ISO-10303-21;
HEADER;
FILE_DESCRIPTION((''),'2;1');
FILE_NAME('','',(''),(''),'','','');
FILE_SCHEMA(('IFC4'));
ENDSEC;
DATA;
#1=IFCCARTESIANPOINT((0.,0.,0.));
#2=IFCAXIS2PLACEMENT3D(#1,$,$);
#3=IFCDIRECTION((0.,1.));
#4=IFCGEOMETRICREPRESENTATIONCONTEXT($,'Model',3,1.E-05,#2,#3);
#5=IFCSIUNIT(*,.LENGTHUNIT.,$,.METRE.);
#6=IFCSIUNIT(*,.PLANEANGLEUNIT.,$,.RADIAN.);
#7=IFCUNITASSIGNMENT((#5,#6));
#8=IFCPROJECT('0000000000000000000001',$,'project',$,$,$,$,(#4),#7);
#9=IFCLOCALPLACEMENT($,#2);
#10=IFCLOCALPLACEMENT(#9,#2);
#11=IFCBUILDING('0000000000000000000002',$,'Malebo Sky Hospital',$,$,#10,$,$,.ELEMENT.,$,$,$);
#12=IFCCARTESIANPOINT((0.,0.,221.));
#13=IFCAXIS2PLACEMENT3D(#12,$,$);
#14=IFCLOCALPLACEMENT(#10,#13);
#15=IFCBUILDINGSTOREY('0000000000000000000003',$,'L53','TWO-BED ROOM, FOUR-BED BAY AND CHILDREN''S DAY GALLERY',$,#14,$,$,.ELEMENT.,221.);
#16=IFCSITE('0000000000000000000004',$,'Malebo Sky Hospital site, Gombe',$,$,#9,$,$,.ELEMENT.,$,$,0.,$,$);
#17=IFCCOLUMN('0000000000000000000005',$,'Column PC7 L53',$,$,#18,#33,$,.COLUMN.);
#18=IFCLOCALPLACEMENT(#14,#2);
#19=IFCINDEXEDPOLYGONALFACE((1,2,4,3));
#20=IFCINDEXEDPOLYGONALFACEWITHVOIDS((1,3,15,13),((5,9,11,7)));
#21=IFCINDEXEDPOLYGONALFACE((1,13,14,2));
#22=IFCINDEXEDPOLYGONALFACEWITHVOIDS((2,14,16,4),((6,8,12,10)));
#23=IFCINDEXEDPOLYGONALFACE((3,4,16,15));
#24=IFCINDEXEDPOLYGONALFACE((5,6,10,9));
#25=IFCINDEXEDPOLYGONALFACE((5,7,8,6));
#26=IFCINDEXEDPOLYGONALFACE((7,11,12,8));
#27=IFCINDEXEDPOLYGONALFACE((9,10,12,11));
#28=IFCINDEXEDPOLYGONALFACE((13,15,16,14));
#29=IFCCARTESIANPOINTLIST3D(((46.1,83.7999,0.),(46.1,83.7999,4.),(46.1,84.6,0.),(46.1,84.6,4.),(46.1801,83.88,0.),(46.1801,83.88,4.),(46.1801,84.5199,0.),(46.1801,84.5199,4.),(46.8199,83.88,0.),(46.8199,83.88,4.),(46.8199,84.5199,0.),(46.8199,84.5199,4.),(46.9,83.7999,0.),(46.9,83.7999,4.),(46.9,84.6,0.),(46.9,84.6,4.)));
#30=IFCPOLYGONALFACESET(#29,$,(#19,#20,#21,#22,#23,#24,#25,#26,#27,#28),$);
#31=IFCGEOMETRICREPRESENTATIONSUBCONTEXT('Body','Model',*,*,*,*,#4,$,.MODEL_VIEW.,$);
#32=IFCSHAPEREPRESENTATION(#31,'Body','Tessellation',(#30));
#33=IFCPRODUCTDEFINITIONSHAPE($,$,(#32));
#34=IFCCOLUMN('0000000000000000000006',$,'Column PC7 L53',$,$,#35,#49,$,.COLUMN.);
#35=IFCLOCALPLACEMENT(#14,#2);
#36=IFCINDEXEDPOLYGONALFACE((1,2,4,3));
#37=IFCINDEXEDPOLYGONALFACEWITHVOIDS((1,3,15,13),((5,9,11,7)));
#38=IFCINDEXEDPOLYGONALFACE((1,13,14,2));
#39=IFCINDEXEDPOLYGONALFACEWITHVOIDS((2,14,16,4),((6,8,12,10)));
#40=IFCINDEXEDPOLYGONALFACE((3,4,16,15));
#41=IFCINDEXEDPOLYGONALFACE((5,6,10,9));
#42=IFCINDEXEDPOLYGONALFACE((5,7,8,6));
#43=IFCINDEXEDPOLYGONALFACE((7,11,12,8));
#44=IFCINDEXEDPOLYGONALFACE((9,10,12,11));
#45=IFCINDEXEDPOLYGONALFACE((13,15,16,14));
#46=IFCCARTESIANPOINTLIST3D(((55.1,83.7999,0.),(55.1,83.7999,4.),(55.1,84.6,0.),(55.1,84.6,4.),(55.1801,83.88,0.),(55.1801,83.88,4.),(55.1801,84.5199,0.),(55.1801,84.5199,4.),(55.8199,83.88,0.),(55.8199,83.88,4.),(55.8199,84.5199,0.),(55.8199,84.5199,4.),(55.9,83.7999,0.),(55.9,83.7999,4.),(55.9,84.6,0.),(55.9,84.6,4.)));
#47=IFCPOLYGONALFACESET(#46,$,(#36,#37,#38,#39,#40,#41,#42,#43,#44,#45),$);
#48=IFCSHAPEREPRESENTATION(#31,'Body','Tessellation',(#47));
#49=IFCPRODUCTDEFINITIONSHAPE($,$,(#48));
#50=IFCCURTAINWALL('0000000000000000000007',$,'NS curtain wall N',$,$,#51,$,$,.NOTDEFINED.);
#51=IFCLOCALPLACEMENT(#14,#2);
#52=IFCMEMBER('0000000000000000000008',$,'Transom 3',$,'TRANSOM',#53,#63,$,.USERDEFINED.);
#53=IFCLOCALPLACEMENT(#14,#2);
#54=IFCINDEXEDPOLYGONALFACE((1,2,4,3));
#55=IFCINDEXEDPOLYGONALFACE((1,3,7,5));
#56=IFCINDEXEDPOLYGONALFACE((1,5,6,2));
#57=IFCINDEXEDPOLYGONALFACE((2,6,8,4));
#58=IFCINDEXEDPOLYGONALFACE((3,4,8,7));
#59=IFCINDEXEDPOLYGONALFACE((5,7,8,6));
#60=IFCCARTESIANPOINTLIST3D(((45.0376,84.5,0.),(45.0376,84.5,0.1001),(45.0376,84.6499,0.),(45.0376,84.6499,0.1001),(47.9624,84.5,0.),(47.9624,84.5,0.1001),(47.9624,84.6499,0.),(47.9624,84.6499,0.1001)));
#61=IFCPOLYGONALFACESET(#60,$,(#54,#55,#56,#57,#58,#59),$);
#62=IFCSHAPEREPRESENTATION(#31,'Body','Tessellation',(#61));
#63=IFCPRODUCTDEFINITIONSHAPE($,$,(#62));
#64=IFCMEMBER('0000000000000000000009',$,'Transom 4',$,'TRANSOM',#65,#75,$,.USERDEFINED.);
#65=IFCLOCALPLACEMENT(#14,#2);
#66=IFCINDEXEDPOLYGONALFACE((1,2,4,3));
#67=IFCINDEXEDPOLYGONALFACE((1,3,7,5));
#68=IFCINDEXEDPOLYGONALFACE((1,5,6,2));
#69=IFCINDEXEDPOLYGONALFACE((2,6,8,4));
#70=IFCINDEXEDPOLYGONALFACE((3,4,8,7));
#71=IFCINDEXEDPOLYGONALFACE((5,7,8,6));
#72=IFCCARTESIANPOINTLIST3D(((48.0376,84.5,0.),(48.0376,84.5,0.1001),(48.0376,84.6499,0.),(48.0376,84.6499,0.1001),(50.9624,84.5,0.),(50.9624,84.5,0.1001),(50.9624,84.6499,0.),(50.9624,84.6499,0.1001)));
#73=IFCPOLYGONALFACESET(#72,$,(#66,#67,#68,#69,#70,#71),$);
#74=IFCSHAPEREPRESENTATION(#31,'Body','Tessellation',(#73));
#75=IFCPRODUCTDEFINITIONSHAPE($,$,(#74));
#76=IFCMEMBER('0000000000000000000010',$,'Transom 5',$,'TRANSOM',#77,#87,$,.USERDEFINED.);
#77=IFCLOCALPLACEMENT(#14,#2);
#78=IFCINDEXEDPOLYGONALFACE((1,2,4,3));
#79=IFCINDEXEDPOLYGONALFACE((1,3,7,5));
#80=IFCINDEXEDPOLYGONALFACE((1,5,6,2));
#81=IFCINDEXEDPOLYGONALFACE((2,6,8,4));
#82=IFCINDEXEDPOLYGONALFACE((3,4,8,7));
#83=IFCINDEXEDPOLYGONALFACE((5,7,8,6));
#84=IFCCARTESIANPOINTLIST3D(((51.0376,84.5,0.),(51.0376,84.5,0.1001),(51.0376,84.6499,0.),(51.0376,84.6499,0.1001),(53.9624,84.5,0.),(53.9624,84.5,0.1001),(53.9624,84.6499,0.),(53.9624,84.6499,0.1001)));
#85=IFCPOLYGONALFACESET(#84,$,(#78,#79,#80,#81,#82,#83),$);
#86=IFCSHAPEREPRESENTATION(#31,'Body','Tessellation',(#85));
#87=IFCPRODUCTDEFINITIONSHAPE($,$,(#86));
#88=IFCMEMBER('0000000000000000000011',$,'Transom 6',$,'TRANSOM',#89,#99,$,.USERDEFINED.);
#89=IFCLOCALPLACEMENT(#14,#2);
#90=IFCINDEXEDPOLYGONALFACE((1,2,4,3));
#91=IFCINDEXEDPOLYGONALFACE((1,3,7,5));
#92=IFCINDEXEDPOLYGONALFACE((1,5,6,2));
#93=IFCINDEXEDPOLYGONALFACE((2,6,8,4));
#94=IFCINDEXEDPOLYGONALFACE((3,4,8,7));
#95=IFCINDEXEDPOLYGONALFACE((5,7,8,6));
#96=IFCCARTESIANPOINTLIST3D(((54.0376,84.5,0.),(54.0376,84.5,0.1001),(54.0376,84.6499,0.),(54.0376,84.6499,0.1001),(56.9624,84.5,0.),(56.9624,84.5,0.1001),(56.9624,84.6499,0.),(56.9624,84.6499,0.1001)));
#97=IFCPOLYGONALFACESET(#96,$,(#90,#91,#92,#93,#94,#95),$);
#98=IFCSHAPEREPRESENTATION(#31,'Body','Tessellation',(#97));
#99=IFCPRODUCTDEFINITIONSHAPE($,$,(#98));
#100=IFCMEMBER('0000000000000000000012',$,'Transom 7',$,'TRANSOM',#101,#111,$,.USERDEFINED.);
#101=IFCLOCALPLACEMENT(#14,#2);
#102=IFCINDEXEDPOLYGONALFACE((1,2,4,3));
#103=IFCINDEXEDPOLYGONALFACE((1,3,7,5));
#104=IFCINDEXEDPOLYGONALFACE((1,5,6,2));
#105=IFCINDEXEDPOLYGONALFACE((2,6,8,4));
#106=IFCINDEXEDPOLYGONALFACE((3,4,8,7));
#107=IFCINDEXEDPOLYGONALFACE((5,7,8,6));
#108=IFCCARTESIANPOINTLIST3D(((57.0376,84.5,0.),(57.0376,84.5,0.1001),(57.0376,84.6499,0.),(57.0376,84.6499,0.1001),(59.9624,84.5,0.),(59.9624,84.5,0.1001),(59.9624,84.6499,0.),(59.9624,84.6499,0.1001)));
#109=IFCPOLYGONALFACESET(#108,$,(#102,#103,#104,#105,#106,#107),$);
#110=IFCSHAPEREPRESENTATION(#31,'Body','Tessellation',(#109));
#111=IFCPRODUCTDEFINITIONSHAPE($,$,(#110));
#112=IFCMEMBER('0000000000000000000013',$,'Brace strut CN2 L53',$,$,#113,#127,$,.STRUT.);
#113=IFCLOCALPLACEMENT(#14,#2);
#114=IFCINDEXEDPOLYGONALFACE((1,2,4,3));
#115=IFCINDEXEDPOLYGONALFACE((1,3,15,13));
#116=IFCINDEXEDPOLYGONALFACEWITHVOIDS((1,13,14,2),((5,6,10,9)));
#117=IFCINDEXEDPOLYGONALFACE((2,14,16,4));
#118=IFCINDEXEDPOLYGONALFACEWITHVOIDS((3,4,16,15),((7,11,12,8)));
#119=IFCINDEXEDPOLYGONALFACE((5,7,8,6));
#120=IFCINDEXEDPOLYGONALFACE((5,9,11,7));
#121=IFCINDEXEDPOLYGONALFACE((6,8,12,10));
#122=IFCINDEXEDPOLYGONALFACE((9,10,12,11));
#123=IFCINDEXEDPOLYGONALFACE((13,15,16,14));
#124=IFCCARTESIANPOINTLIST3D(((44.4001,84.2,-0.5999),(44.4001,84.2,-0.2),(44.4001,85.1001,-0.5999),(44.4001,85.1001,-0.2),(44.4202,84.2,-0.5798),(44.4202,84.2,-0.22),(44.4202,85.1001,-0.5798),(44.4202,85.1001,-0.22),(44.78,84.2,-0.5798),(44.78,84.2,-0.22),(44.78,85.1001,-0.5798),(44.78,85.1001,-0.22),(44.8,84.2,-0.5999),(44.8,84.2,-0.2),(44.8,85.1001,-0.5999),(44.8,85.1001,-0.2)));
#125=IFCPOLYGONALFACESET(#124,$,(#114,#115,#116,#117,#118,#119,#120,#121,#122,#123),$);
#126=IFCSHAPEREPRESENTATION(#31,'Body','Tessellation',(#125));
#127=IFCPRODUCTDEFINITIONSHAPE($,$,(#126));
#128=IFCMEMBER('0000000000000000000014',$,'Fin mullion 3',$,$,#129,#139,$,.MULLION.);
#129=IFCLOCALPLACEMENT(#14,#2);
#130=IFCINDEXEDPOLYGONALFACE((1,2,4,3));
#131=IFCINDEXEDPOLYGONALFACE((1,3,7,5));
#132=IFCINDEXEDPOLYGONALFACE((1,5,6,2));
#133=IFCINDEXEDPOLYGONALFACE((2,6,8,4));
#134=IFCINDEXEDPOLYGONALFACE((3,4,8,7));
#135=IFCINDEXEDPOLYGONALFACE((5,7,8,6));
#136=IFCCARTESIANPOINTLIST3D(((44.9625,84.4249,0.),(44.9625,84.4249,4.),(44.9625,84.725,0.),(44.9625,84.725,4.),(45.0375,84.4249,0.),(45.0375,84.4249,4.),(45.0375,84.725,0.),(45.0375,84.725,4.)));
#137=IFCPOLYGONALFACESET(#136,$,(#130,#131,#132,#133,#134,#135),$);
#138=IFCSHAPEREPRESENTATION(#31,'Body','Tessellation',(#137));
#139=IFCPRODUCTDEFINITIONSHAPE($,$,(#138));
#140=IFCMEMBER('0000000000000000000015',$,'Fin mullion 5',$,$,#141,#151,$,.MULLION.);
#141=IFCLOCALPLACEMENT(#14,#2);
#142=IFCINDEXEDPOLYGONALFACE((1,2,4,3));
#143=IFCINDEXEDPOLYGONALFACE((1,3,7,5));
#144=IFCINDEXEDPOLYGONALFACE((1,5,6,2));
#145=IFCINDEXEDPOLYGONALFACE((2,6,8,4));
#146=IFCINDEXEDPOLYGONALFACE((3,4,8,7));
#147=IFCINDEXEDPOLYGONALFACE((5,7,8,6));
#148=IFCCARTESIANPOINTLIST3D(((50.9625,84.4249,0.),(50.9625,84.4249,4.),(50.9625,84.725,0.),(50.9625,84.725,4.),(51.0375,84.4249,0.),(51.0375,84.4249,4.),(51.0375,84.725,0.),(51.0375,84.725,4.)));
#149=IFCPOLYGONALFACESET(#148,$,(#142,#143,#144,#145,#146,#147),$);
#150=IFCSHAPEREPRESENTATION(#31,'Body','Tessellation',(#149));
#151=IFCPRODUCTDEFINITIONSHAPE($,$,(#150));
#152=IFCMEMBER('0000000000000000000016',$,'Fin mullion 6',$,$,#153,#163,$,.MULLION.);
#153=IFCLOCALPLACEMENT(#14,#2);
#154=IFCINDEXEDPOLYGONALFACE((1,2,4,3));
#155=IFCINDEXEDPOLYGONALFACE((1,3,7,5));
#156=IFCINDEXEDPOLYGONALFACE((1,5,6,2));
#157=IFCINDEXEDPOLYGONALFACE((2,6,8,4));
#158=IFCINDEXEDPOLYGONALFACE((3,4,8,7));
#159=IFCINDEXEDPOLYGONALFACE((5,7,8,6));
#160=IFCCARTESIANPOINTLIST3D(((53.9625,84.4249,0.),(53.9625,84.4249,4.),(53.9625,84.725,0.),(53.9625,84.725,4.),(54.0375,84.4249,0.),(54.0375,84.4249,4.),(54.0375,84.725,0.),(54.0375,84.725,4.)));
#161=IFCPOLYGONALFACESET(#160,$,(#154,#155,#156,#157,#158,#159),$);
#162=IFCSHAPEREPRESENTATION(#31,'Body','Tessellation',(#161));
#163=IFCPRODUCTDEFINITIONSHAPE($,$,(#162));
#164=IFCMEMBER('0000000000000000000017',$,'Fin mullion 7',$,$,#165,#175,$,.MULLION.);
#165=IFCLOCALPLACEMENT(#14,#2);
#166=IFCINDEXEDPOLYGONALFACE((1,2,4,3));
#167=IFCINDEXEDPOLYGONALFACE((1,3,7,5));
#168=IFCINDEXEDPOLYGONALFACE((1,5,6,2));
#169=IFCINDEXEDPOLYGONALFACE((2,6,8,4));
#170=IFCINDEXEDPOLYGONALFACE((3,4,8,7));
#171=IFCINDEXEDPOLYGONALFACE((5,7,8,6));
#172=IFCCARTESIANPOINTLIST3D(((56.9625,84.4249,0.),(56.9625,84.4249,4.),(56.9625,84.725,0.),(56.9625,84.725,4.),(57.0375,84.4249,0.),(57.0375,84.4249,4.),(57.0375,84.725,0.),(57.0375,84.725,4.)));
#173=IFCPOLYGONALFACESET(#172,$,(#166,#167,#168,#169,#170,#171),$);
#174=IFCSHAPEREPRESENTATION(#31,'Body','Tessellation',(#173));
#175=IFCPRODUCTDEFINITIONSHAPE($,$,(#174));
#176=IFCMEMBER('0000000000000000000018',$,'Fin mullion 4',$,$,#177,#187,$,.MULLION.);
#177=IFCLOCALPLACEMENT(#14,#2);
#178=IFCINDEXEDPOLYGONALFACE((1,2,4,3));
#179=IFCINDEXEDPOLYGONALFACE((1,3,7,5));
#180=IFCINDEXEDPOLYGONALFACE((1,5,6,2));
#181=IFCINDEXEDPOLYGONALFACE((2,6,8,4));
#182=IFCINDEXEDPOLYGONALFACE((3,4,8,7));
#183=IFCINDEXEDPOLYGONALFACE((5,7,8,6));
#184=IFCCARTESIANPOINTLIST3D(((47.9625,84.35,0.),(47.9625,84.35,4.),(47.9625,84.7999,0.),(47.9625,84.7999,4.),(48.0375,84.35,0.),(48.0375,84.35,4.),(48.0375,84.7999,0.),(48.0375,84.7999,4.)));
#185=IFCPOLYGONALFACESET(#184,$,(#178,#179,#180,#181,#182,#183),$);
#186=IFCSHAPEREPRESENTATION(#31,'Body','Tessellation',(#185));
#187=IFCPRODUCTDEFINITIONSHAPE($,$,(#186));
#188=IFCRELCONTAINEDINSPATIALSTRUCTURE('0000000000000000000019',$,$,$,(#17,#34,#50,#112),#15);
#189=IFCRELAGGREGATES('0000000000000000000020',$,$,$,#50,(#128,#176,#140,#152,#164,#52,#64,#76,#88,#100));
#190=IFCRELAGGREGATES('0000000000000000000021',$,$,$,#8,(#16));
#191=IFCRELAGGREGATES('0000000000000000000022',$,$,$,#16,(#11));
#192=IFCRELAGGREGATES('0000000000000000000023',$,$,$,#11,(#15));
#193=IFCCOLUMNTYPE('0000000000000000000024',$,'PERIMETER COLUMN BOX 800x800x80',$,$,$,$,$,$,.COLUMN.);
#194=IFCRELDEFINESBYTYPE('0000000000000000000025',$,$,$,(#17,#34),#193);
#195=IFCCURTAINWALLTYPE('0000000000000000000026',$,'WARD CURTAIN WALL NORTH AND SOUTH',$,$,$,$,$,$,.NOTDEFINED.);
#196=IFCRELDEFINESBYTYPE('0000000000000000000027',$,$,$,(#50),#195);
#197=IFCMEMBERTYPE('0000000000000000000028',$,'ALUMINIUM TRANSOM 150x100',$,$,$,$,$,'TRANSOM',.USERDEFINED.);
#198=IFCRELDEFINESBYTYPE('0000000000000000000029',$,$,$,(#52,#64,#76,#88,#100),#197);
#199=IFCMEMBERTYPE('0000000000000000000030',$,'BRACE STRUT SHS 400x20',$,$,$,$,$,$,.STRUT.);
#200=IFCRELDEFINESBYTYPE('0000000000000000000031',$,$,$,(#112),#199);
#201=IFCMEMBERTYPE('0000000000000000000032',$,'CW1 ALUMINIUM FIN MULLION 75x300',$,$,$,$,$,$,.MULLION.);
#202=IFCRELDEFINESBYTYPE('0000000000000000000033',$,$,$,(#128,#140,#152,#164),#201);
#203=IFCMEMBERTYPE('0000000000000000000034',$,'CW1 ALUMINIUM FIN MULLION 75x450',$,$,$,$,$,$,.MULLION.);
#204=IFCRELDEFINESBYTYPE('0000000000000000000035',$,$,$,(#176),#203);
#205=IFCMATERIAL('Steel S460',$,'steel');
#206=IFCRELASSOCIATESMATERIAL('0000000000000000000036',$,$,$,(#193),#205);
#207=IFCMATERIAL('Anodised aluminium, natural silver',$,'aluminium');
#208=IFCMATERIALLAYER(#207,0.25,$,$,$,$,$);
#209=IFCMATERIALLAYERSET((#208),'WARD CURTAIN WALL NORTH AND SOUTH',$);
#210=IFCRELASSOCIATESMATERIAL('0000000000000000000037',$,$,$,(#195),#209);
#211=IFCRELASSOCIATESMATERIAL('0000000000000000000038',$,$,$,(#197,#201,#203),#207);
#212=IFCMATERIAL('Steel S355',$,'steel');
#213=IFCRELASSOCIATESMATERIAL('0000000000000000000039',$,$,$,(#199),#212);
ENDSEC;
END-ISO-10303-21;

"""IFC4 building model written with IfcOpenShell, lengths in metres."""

from ifc_helpers import new_model, si_unit, direction, frame, origin, origin_2d, place, context, subcontext, project, spatial, rectangle, hollow_rectangle, extrude, material, layer, layer_set, material_profile, profile_set, type_object, element, aggregate, save


model = new_model("IFC4")

# Units and contexts
model_context = context("Model", 3, precision=1e-05, world=origin(), true_north=direction((0.0, 1.0)))
body_context = subcontext(model_context, "Body", "Model", "MODEL_VIEW")
ifc_project = project(units=[si_unit("LENGTHUNIT", "METRE"), si_unit("PLANEANGLEUNIT", "RADIAN")], contexts=[model_context])

# Site, building, storey
site_placement = place(None, origin())
site = spatial("IfcSite", under=ifc_project, at=site_placement, Name="Malebo Sky Hospital site, Gombe", CompositionType="ELEMENT", RefElevation=0.0)
building_placement = place(site_placement, origin())
building = spatial("IfcBuilding", under=site, at=building_placement, Name="Malebo Sky Hospital", CompositionType="ELEMENT")
storey_placement = place(building_placement, frame((0.0, 0.0, 221.0)))
storey = spatial("IfcBuildingStorey", under=building, at=storey_placement, Name="L53", Description="TWO-BED ROOM, FOUR-BED BAY AND CHILDREN'S DAY GALLERY", CompositionType="ELEMENT", Elevation=221.0)

# Columns
ifc_material_1 = material(Name="Steel S460", Category="steel")
ifc_material_profile_1 = material_profile(ifc_material_1, hollow_rectangle(XDim=0.8, YDim=0.8, WallThickness=0.0801, at=origin_2d()), Name="BOX 800x800x80")
ifc_profile_set_1 = profile_set([ifc_material_profile_1], Name="Steel S460")
column_type = type_object("IfcColumnType", Name="PERIMETER COLUMN BOX 800x800x80", PredefinedType="COLUMN", material=ifc_profile_set_1)
for number, where, z_axis, x_axis, name in (
    (1, (46.5, 84.2, 0.0), (0.0, 0.0, 1.0), (1.0, 0.0, 0.0), "Column PC7 L53"),
    (2, (55.5, 84.2, 0.0), (0.0, 0.0, 1.0), (1.0, 0.0, 0.0), "Column PC7 L53"),
):
    element("IfcColumn", number, at=place(storey_placement, frame(where, z_axis=z_axis, x_axis=x_axis)), inside=storey, type_object=column_type, Name=name, PredefinedType="COLUMN", context=body_context, shape_type="SweptSolid", body=[
        extrude(hollow_rectangle(XDim=0.8, YDim=0.8, WallThickness=0.0801, at=origin_2d()), origin(), (0.0, 0.0, 1.0), 4.0),
    ])

# Curtain wall, members
ifc_material_2 = material(Name="Anodised aluminium, natural silver", Category="aluminium")
ifc_layer_1 = layer(ifc_material_2, 0.25)
ifc_layer_set_1 = layer_set([ifc_layer_1], Name="WARD CURTAIN WALL NORTH AND SOUTH")
curtain_wall_type = type_object("IfcCurtainWallType", Name="WARD CURTAIN WALL NORTH AND SOUTH", PredefinedType="NOTDEFINED", material=ifc_layer_set_1)
curtain_wall_placement = place(storey_placement, origin())
curtain_wall = element("IfcCurtainWall", 3, at=curtain_wall_placement, inside=storey, type_object=curtain_wall_type, Name="NS curtain wall N", PredefinedType="NOTDEFINED")
ifc_material_profile_2 = material_profile(ifc_material_2, rectangle(XDim=0.1499, YDim=0.1001, at=origin_2d()), Name="ALUMINIUM TRANSOM 150x100")
ifc_profile_set_2 = profile_set([ifc_material_profile_2], Name="Anodised aluminium, natural silver")
member_type_1 = type_object("IfcMemberType", Name="ALUMINIUM TRANSOM 150x100", ElementType="TRANSOM", PredefinedType="USERDEFINED", material=ifc_profile_set_2)
member_1_placement = place(storey_placement, frame((45.0376, 84.575, 0.05), z_axis=(1.0, 0.0, 0.0), x_axis=(0.0, 1.0, 0.0)))
member_1 = element("IfcMember", 4, at=member_1_placement, type_object=member_type_1, Name="Transom 3", ObjectType="TRANSOM", PredefinedType="USERDEFINED", context=body_context, shape_type="SweptSolid", body=[
    extrude(rectangle(XDim=0.1499, YDim=0.1001, at=origin_2d()), origin(), (0.0, 0.0, 1.0), 2.9248),
])
member_2_placement = place(storey_placement, frame((48.0376, 84.575, 0.05), z_axis=(1.0, 0.0, 0.0), x_axis=(0.0, 1.0, 0.0)))
member_2 = element("IfcMember", 5, at=member_2_placement, type_object=member_type_1, Name="Transom 4", ObjectType="TRANSOM", PredefinedType="USERDEFINED", context=body_context, shape_type="SweptSolid", body=[
    extrude(rectangle(XDim=0.1499, YDim=0.1001, at=origin_2d()), origin(), (0.0, 0.0, 1.0), 2.9248),
])
member_3_placement = place(storey_placement, frame((51.0376, 84.575, 0.05), z_axis=(1.0, 0.0, 0.0), x_axis=(0.0, 1.0, 0.0)))
member_3 = element("IfcMember", 6, at=member_3_placement, type_object=member_type_1, Name="Transom 5", ObjectType="TRANSOM", PredefinedType="USERDEFINED", context=body_context, shape_type="SweptSolid", body=[
    extrude(rectangle(XDim=0.1499, YDim=0.1001, at=origin_2d()), origin(), (0.0, 0.0, 1.0), 2.9248),
])
member_4_placement = place(storey_placement, frame((54.0376, 84.575, 0.05), z_axis=(1.0, 0.0, 0.0), x_axis=(0.0, 1.0, 0.0)))
member_4 = element("IfcMember", 7, at=member_4_placement, type_object=member_type_1, Name="Transom 6", ObjectType="TRANSOM", PredefinedType="USERDEFINED", context=body_context, shape_type="SweptSolid", body=[
    extrude(rectangle(XDim=0.1499, YDim=0.1001, at=origin_2d()), origin(), (0.0, 0.0, 1.0), 2.9248),
])
member_5_placement = place(storey_placement, frame((57.0376, 84.575, 0.05), z_axis=(1.0, 0.0, 0.0), x_axis=(0.0, 1.0, 0.0)))
member_5 = element("IfcMember", 8, at=member_5_placement, type_object=member_type_1, Name="Transom 7", ObjectType="TRANSOM", PredefinedType="USERDEFINED", context=body_context, shape_type="SweptSolid", body=[
    extrude(rectangle(XDim=0.1499, YDim=0.1001, at=origin_2d()), origin(), (0.0, 0.0, 1.0), 2.9248),
])

# Members
ifc_material_3 = material(Name="Steel S355", Category="steel")
ifc_material_profile_3 = material_profile(ifc_material_3, hollow_rectangle(XDim=0.3999, YDim=0.3999, WallThickness=0.02, at=origin_2d()), Name="SHS 400x20")
ifc_profile_set_3 = profile_set([ifc_material_profile_3], Name="Steel S355")
member_type_2 = type_object("IfcMemberType", Name="BRACE STRUT SHS 400x20", PredefinedType="STRUT", material=ifc_profile_set_3)
member_6_placement = place(storey_placement, frame((44.6001, 85.1001, -0.3999), z_axis=(0.0, -1.0, 0.0), x_axis=(1.0, 0.0, 0.0)))
element("IfcMember", 9, at=member_6_placement, inside=storey, type_object=member_type_2, Name="Brace strut CN2 L53", PredefinedType="STRUT", context=body_context, shape_type="SweptSolid", body=[
    extrude(hollow_rectangle(XDim=0.3999, YDim=0.3999, WallThickness=0.02, at=origin_2d()), origin(), (0.0, 0.0, 1.0), 0.9001),
])
ifc_material_profile_4 = material_profile(ifc_material_2, rectangle(XDim=0.075, YDim=0.3, at=origin_2d()), Name="CW1 ALUMINIUM FIN MULLION 75x300")
ifc_profile_set_4 = profile_set([ifc_material_profile_4], Name="Anodised aluminium, natural silver")
member_type_3 = type_object("IfcMemberType", Name="CW1 ALUMINIUM FIN MULLION 75x300", PredefinedType="MULLION", material=ifc_profile_set_4)
member_7_placement = place(storey_placement, frame((45.0, 84.575, 0.0), z_axis=(0.0, 0.0, 1.0), x_axis=(1.0, 0.0, 0.0)))
member_7 = element("IfcMember", 10, at=member_7_placement, type_object=member_type_3, Name="Fin mullion 3", PredefinedType="MULLION", context=body_context, shape_type="SweptSolid", body=[
    extrude(rectangle(XDim=0.075, YDim=0.3, at=origin_2d()), origin(), (0.0, 0.0, 1.0), 4.0),
])
member_8_placement = place(storey_placement, frame((51.0, 84.575, 0.0), z_axis=(0.0, 0.0, 1.0), x_axis=(1.0, 0.0, 0.0)))
member_8 = element("IfcMember", 11, at=member_8_placement, type_object=member_type_3, Name="Fin mullion 5", PredefinedType="MULLION", context=body_context, shape_type="SweptSolid", body=[
    extrude(rectangle(XDim=0.075, YDim=0.3, at=origin_2d()), origin(), (0.0, 0.0, 1.0), 4.0),
])
member_9_placement = place(storey_placement, frame((54.0, 84.575, 0.0), z_axis=(0.0, 0.0, 1.0), x_axis=(1.0, 0.0, 0.0)))
member_9 = element("IfcMember", 12, at=member_9_placement, type_object=member_type_3, Name="Fin mullion 6", PredefinedType="MULLION", context=body_context, shape_type="SweptSolid", body=[
    extrude(rectangle(XDim=0.075, YDim=0.3, at=origin_2d()), origin(), (0.0, 0.0, 1.0), 4.0),
])
member_10_placement = place(storey_placement, frame((57.0, 84.575, 0.0), z_axis=(0.0, 0.0, 1.0), x_axis=(1.0, 0.0, 0.0)))
member_10 = element("IfcMember", 13, at=member_10_placement, type_object=member_type_3, Name="Fin mullion 7", PredefinedType="MULLION", context=body_context, shape_type="SweptSolid", body=[
    extrude(rectangle(XDim=0.075, YDim=0.3, at=origin_2d()), origin(), (0.0, 0.0, 1.0), 4.0),
])
ifc_material_profile_5 = material_profile(ifc_material_2, rectangle(XDim=0.075, YDim=0.45, at=origin_2d()), Name="CW1 ALUMINIUM FIN MULLION 75x450")
ifc_profile_set_5 = profile_set([ifc_material_profile_5], Name="Anodised aluminium, natural silver")
member_type_4 = type_object("IfcMemberType", Name="CW1 ALUMINIUM FIN MULLION 75x450", PredefinedType="MULLION", material=ifc_profile_set_5)
member_11_placement = place(storey_placement, frame((48.0, 84.575, 0.0), z_axis=(0.0, 0.0, 1.0), x_axis=(1.0, 0.0, 0.0)))
member_11 = element("IfcMember", 14, at=member_11_placement, type_object=member_type_4, Name="Fin mullion 4", PredefinedType="MULLION", context=body_context, shape_type="SweptSolid", body=[
    extrude(rectangle(XDim=0.075, YDim=0.45, at=origin_2d()), origin(), (0.0, 0.0, 1.0), 4.0),
])

aggregate(curtain_wall, [member_7, member_11, member_8, member_9, member_10, member_1, member_2, member_3, member_4, member_5])

save(model, "model.ifc")
